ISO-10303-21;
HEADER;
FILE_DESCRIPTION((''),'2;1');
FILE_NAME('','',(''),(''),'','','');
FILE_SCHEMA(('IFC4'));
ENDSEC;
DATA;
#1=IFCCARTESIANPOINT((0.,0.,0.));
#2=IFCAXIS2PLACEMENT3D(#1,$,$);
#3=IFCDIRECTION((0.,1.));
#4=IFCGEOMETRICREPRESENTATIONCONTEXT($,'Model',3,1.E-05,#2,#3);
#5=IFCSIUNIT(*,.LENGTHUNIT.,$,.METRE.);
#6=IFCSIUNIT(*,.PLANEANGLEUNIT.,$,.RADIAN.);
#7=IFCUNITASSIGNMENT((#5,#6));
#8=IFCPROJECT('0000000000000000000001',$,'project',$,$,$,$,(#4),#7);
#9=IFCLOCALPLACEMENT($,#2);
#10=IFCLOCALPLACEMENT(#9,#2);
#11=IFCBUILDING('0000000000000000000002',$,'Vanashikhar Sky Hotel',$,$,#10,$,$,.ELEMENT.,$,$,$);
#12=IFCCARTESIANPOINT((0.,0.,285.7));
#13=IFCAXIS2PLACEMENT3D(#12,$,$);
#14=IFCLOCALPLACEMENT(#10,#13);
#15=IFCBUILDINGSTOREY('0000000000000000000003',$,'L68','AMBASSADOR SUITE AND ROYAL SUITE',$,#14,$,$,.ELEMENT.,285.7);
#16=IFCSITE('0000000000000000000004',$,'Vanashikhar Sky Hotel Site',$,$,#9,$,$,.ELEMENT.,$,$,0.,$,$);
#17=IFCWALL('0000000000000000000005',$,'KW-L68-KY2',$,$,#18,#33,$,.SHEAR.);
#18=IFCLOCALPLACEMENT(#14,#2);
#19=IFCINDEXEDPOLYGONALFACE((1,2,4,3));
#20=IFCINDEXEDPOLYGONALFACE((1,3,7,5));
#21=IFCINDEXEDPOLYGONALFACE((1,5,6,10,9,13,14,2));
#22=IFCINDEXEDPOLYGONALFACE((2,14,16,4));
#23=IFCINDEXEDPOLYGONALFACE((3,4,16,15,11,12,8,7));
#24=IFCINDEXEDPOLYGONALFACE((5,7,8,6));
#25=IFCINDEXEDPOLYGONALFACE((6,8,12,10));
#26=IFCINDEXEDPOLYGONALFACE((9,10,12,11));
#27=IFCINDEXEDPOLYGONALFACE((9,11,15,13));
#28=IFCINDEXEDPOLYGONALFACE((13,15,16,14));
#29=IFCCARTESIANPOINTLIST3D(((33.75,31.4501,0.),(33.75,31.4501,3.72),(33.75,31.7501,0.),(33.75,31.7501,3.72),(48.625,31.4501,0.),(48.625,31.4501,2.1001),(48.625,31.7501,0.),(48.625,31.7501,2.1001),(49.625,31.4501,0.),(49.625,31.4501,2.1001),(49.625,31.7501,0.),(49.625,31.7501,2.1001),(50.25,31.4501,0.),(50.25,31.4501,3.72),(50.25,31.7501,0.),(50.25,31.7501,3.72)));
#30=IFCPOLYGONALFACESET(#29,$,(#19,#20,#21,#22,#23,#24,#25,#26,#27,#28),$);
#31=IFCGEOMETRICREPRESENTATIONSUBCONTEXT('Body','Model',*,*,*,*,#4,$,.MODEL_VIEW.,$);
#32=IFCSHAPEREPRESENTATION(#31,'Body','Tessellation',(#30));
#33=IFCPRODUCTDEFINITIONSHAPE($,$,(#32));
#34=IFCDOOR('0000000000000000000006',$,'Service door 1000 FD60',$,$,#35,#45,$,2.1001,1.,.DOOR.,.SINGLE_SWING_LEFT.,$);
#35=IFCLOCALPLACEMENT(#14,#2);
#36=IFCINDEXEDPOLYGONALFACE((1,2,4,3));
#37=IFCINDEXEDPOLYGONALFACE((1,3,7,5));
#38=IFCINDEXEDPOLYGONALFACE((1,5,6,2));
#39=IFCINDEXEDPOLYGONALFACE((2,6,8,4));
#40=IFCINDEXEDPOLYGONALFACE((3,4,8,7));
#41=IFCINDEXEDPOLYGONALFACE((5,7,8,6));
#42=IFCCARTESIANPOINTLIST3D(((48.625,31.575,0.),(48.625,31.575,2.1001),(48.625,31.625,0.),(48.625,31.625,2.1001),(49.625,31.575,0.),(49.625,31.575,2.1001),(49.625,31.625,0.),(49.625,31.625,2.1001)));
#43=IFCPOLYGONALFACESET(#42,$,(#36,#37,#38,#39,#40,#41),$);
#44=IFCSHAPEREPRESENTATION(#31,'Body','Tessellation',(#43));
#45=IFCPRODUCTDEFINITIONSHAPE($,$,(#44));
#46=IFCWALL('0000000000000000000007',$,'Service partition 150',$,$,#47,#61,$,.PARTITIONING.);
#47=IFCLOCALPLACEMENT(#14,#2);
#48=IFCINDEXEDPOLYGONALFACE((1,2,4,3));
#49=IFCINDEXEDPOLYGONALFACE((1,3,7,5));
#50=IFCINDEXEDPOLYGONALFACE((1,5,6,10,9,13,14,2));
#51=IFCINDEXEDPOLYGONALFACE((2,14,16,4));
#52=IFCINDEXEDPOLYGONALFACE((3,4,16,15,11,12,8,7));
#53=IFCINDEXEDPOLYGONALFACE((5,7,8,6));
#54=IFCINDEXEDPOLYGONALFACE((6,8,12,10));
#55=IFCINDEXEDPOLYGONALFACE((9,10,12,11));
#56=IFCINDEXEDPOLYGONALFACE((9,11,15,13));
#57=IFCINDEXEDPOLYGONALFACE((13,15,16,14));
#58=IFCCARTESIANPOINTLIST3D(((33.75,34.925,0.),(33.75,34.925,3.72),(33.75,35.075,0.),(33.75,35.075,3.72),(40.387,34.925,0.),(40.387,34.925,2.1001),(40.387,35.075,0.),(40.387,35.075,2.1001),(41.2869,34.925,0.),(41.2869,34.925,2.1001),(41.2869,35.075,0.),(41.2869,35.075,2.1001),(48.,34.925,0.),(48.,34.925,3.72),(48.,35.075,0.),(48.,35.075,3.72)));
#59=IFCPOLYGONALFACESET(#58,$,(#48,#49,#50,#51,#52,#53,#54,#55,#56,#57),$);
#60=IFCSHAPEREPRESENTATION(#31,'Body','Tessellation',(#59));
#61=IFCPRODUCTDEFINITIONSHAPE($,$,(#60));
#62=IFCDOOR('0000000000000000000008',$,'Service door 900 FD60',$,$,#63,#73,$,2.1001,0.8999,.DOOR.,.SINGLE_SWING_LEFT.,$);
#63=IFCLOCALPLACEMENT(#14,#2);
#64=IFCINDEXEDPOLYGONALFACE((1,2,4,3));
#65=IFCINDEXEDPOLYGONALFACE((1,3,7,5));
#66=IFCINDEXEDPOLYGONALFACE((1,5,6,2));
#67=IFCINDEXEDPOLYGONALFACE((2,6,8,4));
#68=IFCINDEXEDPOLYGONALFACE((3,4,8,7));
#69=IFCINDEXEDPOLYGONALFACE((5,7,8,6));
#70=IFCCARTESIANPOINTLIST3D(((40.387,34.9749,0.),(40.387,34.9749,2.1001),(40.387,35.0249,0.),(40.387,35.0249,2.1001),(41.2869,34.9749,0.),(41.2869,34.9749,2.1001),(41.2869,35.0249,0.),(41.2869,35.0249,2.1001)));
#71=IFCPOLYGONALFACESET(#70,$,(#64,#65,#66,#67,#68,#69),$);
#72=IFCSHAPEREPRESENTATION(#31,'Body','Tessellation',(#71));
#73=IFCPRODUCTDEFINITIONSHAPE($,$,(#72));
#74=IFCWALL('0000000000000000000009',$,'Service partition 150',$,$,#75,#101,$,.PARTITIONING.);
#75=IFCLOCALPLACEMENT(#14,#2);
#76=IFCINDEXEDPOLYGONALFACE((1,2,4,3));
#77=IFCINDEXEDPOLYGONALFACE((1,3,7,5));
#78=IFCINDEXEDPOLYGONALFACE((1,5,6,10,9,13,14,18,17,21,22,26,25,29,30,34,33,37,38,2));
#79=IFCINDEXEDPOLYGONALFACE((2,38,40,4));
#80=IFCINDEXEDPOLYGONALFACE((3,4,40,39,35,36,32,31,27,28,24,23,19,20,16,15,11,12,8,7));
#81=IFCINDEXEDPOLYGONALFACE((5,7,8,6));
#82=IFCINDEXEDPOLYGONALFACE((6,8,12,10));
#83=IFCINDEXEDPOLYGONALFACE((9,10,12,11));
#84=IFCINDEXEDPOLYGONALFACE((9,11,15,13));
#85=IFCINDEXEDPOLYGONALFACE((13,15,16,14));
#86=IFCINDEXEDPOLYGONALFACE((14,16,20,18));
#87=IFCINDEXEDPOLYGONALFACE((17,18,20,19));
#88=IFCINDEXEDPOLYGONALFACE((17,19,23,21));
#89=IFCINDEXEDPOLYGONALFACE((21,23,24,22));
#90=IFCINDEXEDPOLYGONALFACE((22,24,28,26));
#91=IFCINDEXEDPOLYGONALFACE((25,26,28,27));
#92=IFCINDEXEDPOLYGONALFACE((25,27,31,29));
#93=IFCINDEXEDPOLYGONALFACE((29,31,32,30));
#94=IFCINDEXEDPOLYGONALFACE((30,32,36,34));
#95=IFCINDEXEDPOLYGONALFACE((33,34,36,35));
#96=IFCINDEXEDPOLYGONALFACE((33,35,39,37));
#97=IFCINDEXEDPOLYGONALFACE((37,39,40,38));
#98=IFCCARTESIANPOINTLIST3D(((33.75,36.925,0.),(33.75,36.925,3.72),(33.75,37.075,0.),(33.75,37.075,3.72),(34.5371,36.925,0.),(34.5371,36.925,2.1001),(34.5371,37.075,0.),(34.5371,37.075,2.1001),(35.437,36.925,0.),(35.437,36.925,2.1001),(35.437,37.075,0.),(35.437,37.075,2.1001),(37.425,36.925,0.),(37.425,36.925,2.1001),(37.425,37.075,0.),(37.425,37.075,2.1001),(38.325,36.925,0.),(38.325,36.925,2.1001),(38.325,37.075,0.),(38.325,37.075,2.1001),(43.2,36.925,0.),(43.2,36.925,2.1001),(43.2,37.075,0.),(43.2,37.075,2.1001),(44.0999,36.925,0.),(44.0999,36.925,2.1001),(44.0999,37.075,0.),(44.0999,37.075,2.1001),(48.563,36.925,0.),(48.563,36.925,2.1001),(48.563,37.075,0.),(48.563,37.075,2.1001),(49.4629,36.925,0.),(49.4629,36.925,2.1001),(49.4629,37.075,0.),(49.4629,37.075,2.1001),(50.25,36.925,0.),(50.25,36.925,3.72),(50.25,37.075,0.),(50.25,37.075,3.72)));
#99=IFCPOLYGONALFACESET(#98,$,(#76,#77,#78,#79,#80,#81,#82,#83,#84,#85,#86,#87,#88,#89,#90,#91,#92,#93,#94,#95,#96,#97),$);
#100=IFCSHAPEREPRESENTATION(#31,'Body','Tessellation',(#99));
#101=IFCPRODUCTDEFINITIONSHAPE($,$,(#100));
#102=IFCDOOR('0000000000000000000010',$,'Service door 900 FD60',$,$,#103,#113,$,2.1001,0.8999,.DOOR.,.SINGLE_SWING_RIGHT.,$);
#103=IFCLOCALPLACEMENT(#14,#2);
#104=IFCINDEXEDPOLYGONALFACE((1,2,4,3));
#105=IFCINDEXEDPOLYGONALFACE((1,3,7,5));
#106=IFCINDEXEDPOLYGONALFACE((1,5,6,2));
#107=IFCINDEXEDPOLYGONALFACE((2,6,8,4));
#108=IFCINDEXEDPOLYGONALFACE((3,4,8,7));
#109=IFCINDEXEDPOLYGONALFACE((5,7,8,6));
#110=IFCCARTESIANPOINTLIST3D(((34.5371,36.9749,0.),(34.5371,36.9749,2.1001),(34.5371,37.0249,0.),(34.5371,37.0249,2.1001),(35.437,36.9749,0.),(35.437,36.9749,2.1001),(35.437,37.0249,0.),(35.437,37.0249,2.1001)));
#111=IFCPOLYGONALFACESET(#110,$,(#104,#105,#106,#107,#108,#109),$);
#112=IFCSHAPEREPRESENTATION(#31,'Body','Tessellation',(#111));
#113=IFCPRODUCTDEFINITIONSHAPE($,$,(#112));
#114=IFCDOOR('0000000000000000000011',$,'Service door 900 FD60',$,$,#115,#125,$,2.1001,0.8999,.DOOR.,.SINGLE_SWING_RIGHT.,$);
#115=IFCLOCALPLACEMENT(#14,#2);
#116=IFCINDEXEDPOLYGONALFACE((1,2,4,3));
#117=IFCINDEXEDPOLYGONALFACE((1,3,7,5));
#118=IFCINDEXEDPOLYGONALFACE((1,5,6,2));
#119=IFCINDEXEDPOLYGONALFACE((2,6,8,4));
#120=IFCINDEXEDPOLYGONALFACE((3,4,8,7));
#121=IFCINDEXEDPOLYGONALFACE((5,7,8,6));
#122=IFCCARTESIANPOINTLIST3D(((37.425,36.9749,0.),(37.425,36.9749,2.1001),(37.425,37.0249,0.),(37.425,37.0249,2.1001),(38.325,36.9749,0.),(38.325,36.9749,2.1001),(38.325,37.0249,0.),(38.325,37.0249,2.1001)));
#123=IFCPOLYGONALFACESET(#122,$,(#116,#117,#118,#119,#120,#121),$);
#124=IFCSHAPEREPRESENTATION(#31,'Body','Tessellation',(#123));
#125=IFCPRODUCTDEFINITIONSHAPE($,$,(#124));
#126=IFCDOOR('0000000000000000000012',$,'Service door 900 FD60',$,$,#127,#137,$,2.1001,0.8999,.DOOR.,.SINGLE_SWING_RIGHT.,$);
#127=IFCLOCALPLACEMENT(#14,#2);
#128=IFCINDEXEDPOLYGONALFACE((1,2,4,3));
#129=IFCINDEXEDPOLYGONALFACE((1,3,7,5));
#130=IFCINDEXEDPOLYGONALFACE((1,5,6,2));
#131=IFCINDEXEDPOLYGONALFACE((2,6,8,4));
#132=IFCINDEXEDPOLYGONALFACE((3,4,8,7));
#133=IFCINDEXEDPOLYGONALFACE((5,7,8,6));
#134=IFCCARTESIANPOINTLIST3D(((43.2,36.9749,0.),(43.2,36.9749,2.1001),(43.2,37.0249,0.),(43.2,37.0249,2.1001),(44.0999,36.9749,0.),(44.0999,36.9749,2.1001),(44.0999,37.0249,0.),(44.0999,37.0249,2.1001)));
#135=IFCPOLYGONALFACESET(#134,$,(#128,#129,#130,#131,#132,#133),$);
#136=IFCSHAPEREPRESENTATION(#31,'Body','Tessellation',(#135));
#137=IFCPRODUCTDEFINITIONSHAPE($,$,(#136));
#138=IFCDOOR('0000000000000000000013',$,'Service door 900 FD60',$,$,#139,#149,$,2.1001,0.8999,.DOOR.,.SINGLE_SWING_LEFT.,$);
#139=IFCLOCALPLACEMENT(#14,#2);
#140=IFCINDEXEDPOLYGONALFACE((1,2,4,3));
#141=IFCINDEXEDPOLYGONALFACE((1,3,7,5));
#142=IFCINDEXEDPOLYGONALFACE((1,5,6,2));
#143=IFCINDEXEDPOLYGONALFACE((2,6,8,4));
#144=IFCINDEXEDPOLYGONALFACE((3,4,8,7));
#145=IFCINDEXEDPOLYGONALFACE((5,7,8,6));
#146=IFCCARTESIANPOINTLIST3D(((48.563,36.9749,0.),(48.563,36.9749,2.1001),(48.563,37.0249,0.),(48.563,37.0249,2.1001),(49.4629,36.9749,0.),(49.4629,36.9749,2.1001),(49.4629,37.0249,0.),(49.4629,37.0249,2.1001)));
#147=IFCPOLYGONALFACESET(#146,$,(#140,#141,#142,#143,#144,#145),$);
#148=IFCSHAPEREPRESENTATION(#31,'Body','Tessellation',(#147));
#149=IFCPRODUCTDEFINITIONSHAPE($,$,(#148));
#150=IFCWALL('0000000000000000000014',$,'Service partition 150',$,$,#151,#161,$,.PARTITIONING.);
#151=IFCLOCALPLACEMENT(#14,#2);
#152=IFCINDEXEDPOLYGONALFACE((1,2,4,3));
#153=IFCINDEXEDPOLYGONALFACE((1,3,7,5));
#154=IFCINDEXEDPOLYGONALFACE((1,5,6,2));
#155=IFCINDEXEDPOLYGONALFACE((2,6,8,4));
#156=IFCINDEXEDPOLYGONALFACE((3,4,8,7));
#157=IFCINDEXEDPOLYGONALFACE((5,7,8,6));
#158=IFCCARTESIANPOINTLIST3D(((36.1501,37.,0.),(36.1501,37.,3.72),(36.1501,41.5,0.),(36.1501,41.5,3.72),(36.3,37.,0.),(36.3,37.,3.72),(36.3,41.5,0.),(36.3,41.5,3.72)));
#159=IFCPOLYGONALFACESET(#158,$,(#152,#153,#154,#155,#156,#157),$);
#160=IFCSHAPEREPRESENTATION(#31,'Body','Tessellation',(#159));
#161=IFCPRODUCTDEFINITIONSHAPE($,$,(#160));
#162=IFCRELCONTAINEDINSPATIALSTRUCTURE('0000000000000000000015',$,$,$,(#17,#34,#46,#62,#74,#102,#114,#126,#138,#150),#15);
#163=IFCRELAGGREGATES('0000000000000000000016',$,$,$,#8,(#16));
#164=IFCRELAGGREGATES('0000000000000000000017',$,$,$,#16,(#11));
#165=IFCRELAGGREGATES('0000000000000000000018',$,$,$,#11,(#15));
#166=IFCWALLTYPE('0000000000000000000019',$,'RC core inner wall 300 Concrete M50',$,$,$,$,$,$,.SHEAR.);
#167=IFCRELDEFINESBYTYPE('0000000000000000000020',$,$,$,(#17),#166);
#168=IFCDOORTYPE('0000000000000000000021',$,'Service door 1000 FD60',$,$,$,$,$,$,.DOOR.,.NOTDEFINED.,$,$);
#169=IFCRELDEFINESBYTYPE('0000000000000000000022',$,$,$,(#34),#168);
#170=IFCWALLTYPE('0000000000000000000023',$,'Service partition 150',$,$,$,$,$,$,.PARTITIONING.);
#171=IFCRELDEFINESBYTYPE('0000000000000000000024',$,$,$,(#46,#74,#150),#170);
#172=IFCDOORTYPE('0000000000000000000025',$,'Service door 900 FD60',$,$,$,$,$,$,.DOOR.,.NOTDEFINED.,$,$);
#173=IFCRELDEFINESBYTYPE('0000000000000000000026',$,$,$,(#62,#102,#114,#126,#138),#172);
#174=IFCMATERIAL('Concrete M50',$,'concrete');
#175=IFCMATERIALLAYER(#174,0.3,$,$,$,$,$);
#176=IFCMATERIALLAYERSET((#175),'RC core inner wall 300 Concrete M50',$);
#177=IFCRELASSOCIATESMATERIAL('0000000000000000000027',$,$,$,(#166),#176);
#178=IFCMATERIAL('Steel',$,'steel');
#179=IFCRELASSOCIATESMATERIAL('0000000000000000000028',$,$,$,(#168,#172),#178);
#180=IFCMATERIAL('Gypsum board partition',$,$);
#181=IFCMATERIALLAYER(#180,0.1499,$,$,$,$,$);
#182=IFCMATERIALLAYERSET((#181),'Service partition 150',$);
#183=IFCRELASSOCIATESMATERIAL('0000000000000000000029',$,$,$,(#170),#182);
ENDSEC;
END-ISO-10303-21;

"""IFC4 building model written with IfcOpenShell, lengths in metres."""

from ifc_helpers import new_model, si_unit, direction, frame, frame_2d, origin, place, context, subcontext, project, spatial, rectangle, extrude, source, transform, mapped, material, layer, layer_set, type_object, element, fill, save


model = new_model("IFC4")

# Units and contexts
model_context = context("Model", 3, precision=1e-05, world=origin(), true_north=direction((0.0, 1.0)))
body_context = subcontext(model_context, "Body", "Model", "MODEL_VIEW")
ifc_project = project(units=[si_unit("LENGTHUNIT", "METRE"), si_unit("PLANEANGLEUNIT", "RADIAN")], contexts=[model_context])

# Site, building, storey
site_placement = place(None, origin())
site = spatial("IfcSite", under=ifc_project, at=site_placement, Name="Vanashikhar Sky Hotel Site", CompositionType="ELEMENT", RefElevation=0.0)
building_placement = place(site_placement, origin())
building = spatial("IfcBuilding", under=site, at=building_placement, Name="Vanashikhar Sky Hotel", CompositionType="ELEMENT")
storey_placement = place(building_placement, frame((0.0, 0.0, 285.7)))
storey = spatial("IfcBuildingStorey", under=building, at=storey_placement, Name="L68", Description="AMBASSADOR SUITE AND ROYAL SUITE", CompositionType="ELEMENT", Elevation=285.7)

# Walls, openings, doors
ifc_material_1 = material(Name="Concrete M50", Category="concrete")
ifc_layer_1 = layer(ifc_material_1, 0.3)
ifc_layer_set_1 = layer_set([ifc_layer_1], Name="RC core inner wall 300 Concrete M50")
wall_type_1 = type_object("IfcWallType", Name="RC core inner wall 300 Concrete M50", PredefinedType="SHEAR", material=ifc_layer_set_1)
shared_shape_1 = source(origin(), body_context, "Body", "SweptSolid", [
    extrude(rectangle(XDim=16.5, YDim=0.3, at=frame_2d((8.25, 0.0))), origin(), (0.0, 0.0, 1.0), 3.72),
])
wall_1_placement = place(storey_placement, frame((33.75, 31.6001, 0.0), z_axis=(0.0, 0.0, 1.0), x_axis=(1.0, 0.0, 0.0)))
wall_1 = element("IfcWall", 1, at=wall_1_placement, inside=storey, type_object=wall_type_1, Name="KW-L68-KY2", PredefinedType="SHEAR", context=body_context, shape_type="MappedRepresentation", body=[
    mapped(shared_shape_1, transform((0.0, 0.0, 0.0), scale=1.0)),
])
shared_shape_2 = source(origin(), body_context, "Body", "SweptSolid", [
    extrude(rectangle(XDim=1.0, YDim=2.1001, at=frame_2d((0.5, 1.05))), frame((0.0, 0.1602, 0.0), z_axis=(0.0, -1.0, 0.0), x_axis=(1.0, 0.0, 0.0)), (0.0, 0.0, 1.0), 0.3201),
])
opening_1_placement = place(wall_1_placement, frame((14.875, 0.0, 0.0)))
opening_1 = element("IfcOpeningElement", 2, at=opening_1_placement, cuts=wall_1, PredefinedType="OPENING", context=body_context, shape_type="MappedRepresentation", body=[
    mapped(shared_shape_2, transform((0.0, 0.0, 0.0), scale=1.0)),
])
ifc_material_2 = material(Name="Steel", Category="steel")
door_type_1 = type_object("IfcDoorType", Name="Service door 1000 FD60", OperationType="NOTDEFINED", PredefinedType="DOOR", material=ifc_material_2)
shared_shape_3 = source(origin(), body_context, "Body", "SweptSolid", [
    extrude(rectangle(XDim=1.0, YDim=2.1001, at=frame_2d((0.5, 1.05))), frame((0.0, 0.0249, 0.0), z_axis=(0.0, -1.0, 0.0), x_axis=(1.0, 0.0, 0.0)), (0.0, 0.0, 1.0), 0.05),
])
door_1_placement = place(opening_1_placement, origin())
door_1 = element("IfcDoor", 3, at=door_1_placement, inside=storey, type_object=door_type_1, Name="Service door 1000 FD60", OperationType="SINGLE_SWING_LEFT", OverallHeight=2.1001, OverallWidth=1.0, PredefinedType="DOOR", context=body_context, shape_type="MappedRepresentation", body=[
    mapped(shared_shape_3, transform((0.0, 0.0, 0.0), scale=1.0)),
])
fill(opening_1, door_1)
ifc_material_3 = material(Name="Gypsum board partition")
ifc_layer_2 = layer(ifc_material_3, 0.1499)
ifc_layer_set_2 = layer_set([ifc_layer_2], Name="Service partition 150")
wall_type_2 = type_object("IfcWallType", Name="Service partition 150", PredefinedType="PARTITIONING", material=ifc_layer_set_2)
shared_shape_4 = source(origin(), body_context, "Body", "SweptSolid", [
    extrude(rectangle(XDim=14.25, YDim=0.1499, at=frame_2d((7.125, 0.0))), origin(), (0.0, 0.0, 1.0), 3.72),
])
wall_2_placement = place(storey_placement, frame((33.75, 35.0, 0.0), z_axis=(0.0, 0.0, 1.0), x_axis=(1.0, 0.0, 0.0)))
wall_2 = element("IfcWall", 4, at=wall_2_placement, inside=storey, type_object=wall_type_2, Name="Service partition 150", PredefinedType="PARTITIONING", context=body_context, shape_type="MappedRepresentation", body=[
    mapped(shared_shape_4, transform((0.0, 0.0, 0.0), scale=1.0)),
])
shared_shape_5 = source(origin(), body_context, "Body", "SweptSolid", [
    extrude(rectangle(XDim=0.8999, YDim=2.1001, at=frame_2d((0.45, 1.05))), frame((0.0, 0.085, 0.0), z_axis=(0.0, -1.0, 0.0), x_axis=(1.0, 0.0, 0.0)), (0.0, 0.0, 1.0), 0.1699),
])
opening_2_placement = place(wall_2_placement, frame((6.637, 0.0, 0.0)))
opening_2 = element("IfcOpeningElement", 5, at=opening_2_placement, cuts=wall_2, PredefinedType="OPENING", context=body_context, shape_type="MappedRepresentation", body=[
    mapped(shared_shape_5, transform((0.0, 0.0, 0.0), scale=1.0)),
])
door_type_2 = type_object("IfcDoorType", Name="Service door 900 FD60", OperationType="NOTDEFINED", PredefinedType="DOOR", material=ifc_material_2)
shared_shape_6 = source(origin(), body_context, "Body", "SweptSolid", [
    extrude(rectangle(XDim=0.8999, YDim=2.1001, at=frame_2d((0.45, 1.05))), frame((0.0, 0.0249, 0.0), z_axis=(0.0, -1.0, 0.0), x_axis=(1.0, 0.0, 0.0)), (0.0, 0.0, 1.0), 0.05),
])
door_2_placement = place(opening_2_placement, origin())
door_2 = element("IfcDoor", 6, at=door_2_placement, inside=storey, type_object=door_type_2, Name="Service door 900 FD60", OperationType="SINGLE_SWING_LEFT", OverallHeight=2.1001, OverallWidth=0.8999, PredefinedType="DOOR", context=body_context, shape_type="MappedRepresentation", body=[
    mapped(shared_shape_6, transform((0.0, 0.0, 0.0), scale=1.0)),
])
fill(opening_2, door_2)

# Wall, openings, doors
shared_shape_7 = source(origin(), body_context, "Body", "SweptSolid", [
    extrude(rectangle(XDim=16.5, YDim=0.1499, at=frame_2d((8.25, 0.0))), origin(), (0.0, 0.0, 1.0), 3.72),
])
wall_3_placement = place(storey_placement, frame((33.75, 37.0, 0.0), z_axis=(0.0, 0.0, 1.0), x_axis=(1.0, 0.0, 0.0)))
wall_3 = element("IfcWall", 7, at=wall_3_placement, inside=storey, type_object=wall_type_2, Name="Service partition 150", PredefinedType="PARTITIONING", context=body_context, shape_type="MappedRepresentation", body=[
    mapped(shared_shape_7, transform((0.0, 0.0, 0.0), scale=1.0)),
])
opening_3_placement = place(wall_3_placement, frame((0.7871, 0.0, 0.0)))
opening_3 = element("IfcOpeningElement", 8, at=opening_3_placement, cuts=wall_3, PredefinedType="OPENING", context=body_context, shape_type="MappedRepresentation", body=[
    mapped(shared_shape_5, transform((0.0, 0.0, 0.0), scale=1.0)),
])
opening_4_placement = place(wall_3_placement, frame((3.675, 0.0, 0.0)))
opening_4 = element("IfcOpeningElement", 9, at=opening_4_placement, cuts=wall_3, PredefinedType="OPENING", context=body_context, shape_type="MappedRepresentation", body=[
    mapped(shared_shape_5, transform((0.0, 0.0, 0.0), scale=1.0)),
])
opening_5_placement = place(wall_3_placement, frame((9.45, 0.0, 0.0)))
opening_5 = element("IfcOpeningElement", 10, at=opening_5_placement, cuts=wall_3, PredefinedType="OPENING", context=body_context, shape_type="MappedRepresentation", body=[
    mapped(shared_shape_5, transform((0.0, 0.0, 0.0), scale=1.0)),
])
opening_6_placement = place(wall_3_placement, frame((14.813, 0.0, 0.0)))
opening_6 = element("IfcOpeningElement", 11, at=opening_6_placement, cuts=wall_3, PredefinedType="OPENING", context=body_context, shape_type="MappedRepresentation", body=[
    mapped(shared_shape_5, transform((0.0, 0.0, 0.0), scale=1.0)),
])
door_3_placement = place(opening_3_placement, origin())
door_3 = element("IfcDoor", 12, at=door_3_placement, inside=storey, type_object=door_type_2, Name="Service door 900 FD60", OperationType="SINGLE_SWING_RIGHT", OverallHeight=2.1001, OverallWidth=0.8999, PredefinedType="DOOR", context=body_context, shape_type="MappedRepresentation", body=[
    mapped(shared_shape_6, transform((0.0, 0.0, 0.0), scale=1.0)),
])
fill(opening_3, door_3)
door_4_placement = place(opening_4_placement, origin())
door_4 = element("IfcDoor", 13, at=door_4_placement, inside=storey, type_object=door_type_2, Name="Service door 900 FD60", OperationType="SINGLE_SWING_RIGHT", OverallHeight=2.1001, OverallWidth=0.8999, PredefinedType="DOOR", context=body_context, shape_type="MappedRepresentation", body=[
    mapped(shared_shape_6, transform((0.0, 0.0, 0.0), scale=1.0)),
])
fill(opening_4, door_4)
door_5_placement = place(opening_5_placement, origin())
door_5 = element("IfcDoor", 14, at=door_5_placement, inside=storey, type_object=door_type_2, Name="Service door 900 FD60", OperationType="SINGLE_SWING_RIGHT", OverallHeight=2.1001, OverallWidth=0.8999, PredefinedType="DOOR", context=body_context, shape_type="MappedRepresentation", body=[
    mapped(shared_shape_6, transform((0.0, 0.0, 0.0), scale=1.0)),
])
fill(opening_5, door_5)
door_6_placement = place(opening_6_placement, origin())
door_6 = element("IfcDoor", 15, at=door_6_placement, inside=storey, type_object=door_type_2, Name="Service door 900 FD60", OperationType="SINGLE_SWING_LEFT", OverallHeight=2.1001, OverallWidth=0.8999, PredefinedType="DOOR", context=body_context, shape_type="MappedRepresentation", body=[
    mapped(shared_shape_6, transform((0.0, 0.0, 0.0), scale=1.0)),
])
fill(opening_6, door_6)

# Wall
shared_shape_8 = source(origin(), body_context, "Body", "SweptSolid", [
    extrude(rectangle(XDim=4.5, YDim=0.1499, at=frame_2d((2.25, 0.0))), origin(), (0.0, 0.0, 1.0), 3.72),
])
for number, where, z_axis, x_axis, name in (
    (16, (36.2251, 37.0, 0.0), (0.0, 0.0, 1.0), (0.0, 1.0, 0.0), "Service partition 150"),
):
    element("IfcWall", number, at=place(storey_placement, frame(where, z_axis=z_axis, x_axis=x_axis)), inside=storey, type_object=wall_type_2, Name=name, PredefinedType="PARTITIONING", context=body_context, shape_type="MappedRepresentation", body=[
        mapped(shared_shape_8, transform((0.0, 0.0, 0.0), scale=1.0)),
    ])

save(model, "model.ifc")
